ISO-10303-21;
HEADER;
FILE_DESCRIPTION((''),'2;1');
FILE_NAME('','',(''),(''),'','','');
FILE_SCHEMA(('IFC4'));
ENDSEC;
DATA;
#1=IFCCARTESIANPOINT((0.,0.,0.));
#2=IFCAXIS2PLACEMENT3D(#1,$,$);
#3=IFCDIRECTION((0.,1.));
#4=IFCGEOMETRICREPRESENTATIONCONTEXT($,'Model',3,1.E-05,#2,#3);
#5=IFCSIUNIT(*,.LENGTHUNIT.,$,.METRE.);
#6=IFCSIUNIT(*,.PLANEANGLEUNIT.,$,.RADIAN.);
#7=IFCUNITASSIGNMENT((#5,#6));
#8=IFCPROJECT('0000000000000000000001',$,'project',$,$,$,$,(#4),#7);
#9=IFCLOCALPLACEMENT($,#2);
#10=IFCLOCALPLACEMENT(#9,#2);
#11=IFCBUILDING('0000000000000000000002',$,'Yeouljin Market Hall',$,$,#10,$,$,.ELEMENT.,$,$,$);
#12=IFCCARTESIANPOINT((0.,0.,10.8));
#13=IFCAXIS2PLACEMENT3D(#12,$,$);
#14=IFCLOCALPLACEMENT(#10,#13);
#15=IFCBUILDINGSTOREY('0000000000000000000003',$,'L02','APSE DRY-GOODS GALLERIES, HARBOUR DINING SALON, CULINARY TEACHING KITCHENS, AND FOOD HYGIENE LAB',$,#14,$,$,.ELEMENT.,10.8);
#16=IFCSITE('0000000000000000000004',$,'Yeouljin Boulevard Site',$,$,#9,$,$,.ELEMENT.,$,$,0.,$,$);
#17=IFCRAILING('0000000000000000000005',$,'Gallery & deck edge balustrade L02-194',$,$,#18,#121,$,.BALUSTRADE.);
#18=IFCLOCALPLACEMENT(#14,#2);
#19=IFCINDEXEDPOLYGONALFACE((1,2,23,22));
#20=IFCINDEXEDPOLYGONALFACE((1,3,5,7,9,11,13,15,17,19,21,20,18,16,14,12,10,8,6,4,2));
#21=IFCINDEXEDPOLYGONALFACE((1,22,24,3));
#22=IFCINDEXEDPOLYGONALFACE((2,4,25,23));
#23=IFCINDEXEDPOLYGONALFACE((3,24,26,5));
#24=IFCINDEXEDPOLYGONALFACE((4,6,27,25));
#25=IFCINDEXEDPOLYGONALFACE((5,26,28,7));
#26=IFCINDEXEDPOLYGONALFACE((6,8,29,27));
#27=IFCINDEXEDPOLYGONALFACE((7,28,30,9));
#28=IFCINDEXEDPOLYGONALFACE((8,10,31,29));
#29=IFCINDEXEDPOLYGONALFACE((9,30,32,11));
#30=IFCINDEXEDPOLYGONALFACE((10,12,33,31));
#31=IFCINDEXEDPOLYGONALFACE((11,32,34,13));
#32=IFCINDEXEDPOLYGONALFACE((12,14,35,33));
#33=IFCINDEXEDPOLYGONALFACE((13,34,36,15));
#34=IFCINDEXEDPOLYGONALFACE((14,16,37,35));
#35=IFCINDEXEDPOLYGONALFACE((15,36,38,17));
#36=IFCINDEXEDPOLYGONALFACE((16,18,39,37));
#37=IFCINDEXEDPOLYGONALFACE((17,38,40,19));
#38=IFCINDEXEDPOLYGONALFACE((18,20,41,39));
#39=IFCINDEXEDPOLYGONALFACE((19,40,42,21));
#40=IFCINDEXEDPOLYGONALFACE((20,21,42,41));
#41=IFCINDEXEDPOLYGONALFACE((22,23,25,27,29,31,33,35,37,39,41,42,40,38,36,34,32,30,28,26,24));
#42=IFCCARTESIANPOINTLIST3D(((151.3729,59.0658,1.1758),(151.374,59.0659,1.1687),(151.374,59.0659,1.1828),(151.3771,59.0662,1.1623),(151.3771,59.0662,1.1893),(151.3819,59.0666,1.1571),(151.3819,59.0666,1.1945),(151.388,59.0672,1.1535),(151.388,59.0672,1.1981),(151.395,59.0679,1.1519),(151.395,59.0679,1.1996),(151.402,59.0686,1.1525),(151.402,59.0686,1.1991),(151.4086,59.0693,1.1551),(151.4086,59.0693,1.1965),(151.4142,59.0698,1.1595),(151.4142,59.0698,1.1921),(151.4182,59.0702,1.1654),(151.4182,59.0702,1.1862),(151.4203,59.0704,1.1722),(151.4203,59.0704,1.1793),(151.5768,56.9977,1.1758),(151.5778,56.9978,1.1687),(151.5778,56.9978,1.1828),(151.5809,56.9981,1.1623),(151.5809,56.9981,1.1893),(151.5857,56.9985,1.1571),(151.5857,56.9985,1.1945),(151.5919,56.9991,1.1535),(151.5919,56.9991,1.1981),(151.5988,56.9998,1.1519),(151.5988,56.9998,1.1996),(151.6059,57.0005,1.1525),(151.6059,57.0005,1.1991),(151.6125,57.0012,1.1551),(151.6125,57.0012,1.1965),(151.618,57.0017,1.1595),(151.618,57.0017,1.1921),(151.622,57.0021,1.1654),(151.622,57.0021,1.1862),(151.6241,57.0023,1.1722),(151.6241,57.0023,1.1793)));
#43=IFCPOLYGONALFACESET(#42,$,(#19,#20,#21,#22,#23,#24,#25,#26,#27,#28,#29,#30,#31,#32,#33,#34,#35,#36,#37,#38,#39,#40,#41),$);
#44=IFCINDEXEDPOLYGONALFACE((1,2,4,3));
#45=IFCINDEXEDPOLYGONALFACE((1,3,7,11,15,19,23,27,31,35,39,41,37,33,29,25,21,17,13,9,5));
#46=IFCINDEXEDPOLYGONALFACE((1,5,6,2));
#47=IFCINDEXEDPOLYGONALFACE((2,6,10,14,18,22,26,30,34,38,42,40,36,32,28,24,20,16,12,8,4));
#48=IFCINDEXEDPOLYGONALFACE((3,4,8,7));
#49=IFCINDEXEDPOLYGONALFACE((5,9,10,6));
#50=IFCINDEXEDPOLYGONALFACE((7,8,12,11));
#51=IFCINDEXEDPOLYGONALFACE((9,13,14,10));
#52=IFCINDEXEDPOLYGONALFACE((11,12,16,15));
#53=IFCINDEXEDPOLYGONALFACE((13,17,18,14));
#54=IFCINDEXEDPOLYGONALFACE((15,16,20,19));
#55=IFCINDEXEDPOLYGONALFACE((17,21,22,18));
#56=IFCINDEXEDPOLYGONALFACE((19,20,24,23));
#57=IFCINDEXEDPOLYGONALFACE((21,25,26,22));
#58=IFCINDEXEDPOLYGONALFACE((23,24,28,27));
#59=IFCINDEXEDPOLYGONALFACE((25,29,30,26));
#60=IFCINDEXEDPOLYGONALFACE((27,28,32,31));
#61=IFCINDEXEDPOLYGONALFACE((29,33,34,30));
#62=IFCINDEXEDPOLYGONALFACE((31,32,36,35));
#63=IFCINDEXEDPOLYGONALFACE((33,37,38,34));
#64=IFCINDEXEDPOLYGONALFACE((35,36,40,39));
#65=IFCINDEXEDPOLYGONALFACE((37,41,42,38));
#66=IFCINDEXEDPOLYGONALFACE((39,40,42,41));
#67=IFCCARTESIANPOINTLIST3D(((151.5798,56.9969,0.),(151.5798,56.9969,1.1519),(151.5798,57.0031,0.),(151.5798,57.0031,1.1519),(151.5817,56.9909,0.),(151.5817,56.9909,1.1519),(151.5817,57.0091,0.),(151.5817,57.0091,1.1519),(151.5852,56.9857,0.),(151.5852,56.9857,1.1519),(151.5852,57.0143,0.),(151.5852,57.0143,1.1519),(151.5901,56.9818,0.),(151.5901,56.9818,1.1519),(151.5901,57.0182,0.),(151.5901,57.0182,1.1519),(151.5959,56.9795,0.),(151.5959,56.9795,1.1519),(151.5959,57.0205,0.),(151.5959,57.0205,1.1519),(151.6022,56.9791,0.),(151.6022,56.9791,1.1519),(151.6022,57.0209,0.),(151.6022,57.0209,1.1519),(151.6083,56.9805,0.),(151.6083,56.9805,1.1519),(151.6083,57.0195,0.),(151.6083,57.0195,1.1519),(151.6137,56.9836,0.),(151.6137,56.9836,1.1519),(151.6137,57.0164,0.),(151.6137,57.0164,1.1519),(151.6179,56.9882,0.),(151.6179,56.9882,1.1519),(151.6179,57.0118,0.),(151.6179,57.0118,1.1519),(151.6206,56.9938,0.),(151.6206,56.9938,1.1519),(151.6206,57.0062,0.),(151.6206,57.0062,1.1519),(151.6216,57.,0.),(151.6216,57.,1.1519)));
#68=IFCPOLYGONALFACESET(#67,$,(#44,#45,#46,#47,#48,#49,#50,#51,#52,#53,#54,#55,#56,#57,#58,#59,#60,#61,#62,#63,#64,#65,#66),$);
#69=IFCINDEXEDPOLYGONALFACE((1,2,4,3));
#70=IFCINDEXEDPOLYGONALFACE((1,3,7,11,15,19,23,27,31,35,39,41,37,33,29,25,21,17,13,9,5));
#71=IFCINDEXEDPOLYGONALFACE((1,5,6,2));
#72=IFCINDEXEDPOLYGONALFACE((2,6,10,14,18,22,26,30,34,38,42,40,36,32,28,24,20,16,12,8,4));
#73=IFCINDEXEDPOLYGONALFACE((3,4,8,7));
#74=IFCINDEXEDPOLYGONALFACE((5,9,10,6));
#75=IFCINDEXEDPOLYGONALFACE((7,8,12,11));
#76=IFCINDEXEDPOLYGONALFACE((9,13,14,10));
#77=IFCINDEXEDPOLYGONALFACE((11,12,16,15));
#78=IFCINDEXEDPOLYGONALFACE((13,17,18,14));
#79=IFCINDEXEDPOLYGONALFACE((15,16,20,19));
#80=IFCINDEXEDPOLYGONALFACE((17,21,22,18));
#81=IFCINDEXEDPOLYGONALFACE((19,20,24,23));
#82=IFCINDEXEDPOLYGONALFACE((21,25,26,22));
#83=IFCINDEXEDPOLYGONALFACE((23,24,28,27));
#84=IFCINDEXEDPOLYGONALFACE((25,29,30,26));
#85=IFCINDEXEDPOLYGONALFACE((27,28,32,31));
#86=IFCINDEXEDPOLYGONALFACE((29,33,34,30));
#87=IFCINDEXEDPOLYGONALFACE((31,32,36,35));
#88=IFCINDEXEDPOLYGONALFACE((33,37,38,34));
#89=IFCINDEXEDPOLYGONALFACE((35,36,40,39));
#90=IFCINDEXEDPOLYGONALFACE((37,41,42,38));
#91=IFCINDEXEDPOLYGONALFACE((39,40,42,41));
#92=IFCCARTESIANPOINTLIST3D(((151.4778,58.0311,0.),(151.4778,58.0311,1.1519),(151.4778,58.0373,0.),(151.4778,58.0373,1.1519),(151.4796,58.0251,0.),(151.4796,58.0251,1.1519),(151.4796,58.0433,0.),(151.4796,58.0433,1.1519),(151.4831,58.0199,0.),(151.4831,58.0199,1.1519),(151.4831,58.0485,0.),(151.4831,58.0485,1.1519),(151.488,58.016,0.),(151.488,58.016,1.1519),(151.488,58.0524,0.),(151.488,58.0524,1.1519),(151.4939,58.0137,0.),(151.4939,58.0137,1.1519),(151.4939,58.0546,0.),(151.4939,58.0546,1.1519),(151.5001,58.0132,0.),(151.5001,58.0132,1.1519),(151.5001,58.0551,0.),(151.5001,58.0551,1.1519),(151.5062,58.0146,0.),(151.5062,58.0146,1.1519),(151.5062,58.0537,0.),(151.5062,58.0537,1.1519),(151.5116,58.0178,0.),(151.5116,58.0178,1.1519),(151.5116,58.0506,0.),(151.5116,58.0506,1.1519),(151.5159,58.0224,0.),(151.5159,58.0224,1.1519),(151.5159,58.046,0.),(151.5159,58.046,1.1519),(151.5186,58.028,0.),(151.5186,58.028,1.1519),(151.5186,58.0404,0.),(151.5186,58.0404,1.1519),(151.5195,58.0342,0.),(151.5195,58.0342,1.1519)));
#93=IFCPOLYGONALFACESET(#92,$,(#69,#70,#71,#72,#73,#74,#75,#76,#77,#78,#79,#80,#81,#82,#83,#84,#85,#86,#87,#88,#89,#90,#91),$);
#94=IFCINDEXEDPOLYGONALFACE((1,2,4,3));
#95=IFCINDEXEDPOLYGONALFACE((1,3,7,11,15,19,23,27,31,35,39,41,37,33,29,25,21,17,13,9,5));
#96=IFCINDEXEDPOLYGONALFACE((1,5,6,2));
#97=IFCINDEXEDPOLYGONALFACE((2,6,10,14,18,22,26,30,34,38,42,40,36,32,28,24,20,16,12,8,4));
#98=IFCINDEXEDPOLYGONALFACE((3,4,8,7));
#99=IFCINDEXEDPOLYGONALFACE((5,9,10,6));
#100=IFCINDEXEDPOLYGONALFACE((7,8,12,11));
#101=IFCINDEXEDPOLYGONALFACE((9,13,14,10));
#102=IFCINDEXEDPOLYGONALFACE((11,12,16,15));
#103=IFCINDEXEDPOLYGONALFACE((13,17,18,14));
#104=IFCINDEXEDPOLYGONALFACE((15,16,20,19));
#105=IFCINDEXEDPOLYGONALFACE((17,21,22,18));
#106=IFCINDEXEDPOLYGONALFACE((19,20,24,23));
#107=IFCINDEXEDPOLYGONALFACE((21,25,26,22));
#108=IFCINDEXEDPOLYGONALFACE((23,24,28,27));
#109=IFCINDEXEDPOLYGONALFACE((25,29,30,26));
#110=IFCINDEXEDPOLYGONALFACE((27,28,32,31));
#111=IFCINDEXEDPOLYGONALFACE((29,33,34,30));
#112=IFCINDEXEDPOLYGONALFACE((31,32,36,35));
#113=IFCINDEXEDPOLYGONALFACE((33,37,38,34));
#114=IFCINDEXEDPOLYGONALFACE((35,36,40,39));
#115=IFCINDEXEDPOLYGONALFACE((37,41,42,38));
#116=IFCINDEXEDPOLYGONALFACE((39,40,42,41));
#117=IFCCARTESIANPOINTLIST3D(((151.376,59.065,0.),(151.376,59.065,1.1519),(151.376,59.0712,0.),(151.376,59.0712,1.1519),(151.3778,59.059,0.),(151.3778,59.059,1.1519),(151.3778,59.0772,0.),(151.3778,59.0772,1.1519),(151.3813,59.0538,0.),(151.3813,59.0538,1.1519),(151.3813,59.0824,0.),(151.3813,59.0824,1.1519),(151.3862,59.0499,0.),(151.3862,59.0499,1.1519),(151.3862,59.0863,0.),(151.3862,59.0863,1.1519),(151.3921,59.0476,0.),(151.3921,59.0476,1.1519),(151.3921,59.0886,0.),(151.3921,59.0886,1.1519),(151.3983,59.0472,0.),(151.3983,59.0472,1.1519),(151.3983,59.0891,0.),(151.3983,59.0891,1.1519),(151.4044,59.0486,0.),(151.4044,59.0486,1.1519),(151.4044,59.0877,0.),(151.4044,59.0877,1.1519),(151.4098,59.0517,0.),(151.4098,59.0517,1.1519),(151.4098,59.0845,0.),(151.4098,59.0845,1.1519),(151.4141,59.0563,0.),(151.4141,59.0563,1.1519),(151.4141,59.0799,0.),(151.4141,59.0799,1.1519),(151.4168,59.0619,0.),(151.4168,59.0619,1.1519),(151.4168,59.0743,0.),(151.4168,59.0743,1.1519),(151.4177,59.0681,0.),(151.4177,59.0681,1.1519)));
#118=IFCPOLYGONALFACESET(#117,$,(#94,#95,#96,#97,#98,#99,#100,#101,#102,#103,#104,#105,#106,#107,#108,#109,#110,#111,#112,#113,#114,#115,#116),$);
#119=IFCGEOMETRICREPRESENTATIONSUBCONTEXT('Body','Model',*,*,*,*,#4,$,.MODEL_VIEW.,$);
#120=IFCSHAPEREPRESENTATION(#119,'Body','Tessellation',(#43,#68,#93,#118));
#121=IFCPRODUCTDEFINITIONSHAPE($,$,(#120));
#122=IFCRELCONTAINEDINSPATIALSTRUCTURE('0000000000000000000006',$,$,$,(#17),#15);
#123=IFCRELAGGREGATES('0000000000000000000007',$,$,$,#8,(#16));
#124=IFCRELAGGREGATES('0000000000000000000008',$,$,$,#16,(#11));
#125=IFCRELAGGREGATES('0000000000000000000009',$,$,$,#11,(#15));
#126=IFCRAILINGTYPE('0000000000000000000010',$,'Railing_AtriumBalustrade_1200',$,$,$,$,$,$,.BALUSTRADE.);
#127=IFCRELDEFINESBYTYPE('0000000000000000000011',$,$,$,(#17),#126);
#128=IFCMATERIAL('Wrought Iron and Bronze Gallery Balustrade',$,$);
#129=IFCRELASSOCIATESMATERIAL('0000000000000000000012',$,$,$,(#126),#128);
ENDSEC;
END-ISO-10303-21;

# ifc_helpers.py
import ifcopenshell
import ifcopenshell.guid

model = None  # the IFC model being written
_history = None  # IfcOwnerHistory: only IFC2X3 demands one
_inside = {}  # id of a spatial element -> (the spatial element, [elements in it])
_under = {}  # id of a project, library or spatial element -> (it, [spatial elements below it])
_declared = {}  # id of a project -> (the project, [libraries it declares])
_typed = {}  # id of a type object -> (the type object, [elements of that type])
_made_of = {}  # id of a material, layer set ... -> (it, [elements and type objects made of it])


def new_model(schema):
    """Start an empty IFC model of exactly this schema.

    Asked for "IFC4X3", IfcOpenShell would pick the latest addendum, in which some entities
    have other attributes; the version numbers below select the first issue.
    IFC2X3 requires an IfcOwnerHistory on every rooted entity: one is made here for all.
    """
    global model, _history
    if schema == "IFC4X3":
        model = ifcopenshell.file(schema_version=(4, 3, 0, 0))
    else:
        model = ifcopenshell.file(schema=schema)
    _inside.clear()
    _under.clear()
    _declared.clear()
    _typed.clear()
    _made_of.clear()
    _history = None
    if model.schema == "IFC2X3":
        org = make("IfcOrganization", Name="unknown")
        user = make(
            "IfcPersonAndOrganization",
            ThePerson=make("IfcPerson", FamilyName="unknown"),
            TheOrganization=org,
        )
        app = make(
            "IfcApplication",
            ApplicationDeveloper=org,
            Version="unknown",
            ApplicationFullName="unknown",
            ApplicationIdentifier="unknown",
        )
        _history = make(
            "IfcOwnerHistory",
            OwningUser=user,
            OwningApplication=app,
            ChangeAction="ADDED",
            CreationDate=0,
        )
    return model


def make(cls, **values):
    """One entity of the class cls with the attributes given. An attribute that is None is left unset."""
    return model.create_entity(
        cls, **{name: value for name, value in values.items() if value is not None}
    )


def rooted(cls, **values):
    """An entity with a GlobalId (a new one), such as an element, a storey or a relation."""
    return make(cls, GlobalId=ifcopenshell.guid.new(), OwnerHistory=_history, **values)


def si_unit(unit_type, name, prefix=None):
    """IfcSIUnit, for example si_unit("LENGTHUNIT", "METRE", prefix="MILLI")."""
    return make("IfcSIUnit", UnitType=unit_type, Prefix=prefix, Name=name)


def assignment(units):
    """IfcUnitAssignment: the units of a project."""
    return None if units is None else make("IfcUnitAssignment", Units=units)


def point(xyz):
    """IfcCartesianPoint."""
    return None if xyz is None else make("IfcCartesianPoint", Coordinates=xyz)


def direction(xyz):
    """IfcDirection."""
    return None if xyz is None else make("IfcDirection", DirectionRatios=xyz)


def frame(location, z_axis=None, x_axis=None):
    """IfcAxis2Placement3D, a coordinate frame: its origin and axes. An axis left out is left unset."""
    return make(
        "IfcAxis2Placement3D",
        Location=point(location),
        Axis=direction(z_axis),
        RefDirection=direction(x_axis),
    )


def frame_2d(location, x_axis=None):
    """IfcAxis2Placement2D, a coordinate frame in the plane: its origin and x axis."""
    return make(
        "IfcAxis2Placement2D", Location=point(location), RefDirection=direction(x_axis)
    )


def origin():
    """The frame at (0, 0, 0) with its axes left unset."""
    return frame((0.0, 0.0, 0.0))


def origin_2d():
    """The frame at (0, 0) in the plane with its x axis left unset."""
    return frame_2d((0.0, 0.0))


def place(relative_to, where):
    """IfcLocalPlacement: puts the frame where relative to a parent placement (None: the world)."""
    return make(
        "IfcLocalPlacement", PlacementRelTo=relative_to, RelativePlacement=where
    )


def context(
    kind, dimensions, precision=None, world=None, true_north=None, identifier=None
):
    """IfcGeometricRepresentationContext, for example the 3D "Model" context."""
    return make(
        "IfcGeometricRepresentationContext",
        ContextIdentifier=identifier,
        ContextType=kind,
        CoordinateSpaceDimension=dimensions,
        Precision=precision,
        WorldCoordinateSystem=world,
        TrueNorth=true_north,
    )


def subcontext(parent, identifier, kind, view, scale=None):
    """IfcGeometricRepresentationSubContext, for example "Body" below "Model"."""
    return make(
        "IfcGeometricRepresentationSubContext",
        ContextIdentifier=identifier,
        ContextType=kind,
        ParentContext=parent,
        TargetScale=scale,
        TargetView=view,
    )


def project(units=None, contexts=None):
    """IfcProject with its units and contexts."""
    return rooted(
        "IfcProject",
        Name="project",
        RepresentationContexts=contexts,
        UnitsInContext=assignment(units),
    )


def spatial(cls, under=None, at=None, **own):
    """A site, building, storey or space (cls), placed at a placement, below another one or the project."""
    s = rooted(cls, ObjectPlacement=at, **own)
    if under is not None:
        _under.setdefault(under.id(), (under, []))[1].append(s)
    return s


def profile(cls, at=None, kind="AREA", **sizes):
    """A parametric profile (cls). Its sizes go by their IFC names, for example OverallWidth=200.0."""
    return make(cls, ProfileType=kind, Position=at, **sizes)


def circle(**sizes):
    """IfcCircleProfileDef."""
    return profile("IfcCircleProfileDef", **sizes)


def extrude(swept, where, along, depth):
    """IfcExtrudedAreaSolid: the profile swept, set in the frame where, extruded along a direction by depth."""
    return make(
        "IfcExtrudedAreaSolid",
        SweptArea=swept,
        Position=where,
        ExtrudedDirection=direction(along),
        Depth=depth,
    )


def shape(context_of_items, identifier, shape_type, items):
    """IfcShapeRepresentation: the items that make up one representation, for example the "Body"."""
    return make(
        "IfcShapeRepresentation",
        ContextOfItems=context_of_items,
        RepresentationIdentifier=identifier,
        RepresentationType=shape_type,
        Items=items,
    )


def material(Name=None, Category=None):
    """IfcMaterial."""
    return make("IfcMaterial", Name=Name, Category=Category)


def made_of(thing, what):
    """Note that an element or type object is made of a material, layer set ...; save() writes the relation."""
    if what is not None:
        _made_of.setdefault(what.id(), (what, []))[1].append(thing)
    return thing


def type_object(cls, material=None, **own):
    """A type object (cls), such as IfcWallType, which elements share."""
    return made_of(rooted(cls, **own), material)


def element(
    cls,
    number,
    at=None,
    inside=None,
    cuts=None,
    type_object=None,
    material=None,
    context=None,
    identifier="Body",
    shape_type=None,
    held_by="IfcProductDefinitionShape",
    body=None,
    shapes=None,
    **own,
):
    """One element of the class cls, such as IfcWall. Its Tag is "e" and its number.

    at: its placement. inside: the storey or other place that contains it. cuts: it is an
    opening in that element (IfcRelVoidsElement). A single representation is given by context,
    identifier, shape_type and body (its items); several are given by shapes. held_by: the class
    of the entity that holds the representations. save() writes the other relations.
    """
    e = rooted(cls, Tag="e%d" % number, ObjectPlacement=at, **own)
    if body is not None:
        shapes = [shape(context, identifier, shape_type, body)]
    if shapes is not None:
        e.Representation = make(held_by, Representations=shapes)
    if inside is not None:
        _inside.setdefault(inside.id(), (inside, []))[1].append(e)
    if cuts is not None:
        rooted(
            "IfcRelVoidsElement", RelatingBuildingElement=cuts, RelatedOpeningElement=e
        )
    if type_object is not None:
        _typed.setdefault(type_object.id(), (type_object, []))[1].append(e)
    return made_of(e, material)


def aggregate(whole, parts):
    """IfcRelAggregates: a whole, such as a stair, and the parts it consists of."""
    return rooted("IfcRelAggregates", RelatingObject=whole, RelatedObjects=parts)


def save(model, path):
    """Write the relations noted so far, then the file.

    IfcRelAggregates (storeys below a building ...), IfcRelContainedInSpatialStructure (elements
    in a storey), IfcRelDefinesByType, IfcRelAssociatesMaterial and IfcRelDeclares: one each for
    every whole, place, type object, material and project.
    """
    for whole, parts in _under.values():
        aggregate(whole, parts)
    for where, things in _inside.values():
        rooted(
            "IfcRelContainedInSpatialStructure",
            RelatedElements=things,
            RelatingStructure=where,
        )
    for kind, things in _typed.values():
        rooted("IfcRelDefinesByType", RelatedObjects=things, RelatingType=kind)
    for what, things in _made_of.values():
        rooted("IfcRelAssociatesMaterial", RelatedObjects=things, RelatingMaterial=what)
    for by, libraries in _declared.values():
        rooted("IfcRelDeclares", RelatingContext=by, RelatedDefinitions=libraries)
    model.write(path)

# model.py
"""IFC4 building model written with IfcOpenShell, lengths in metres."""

from ifc_helpers import new_model, si_unit, direction, frame, origin, origin_2d, place, context, subcontext, project, spatial, circle, extrude, material, type_object, element, save


model = new_model("IFC4")

# Units and contexts
model_context = context("Model", 3, precision=1e-05, world=origin(), true_north=direction((0.0, 1.0)))
body_context = subcontext(model_context, "Body", "Model", "MODEL_VIEW")
ifc_project = project(units=[si_unit("LENGTHUNIT", "METRE"), si_unit("PLANEANGLEUNIT", "RADIAN")], contexts=[model_context])

# Site, building, storey
site_placement = place(None, origin())
site = spatial("IfcSite", under=ifc_project, at=site_placement, Name="Yeouljin Boulevard Site", CompositionType="ELEMENT", RefElevation=0.0)
building_placement = place(site_placement, origin())
building = spatial("IfcBuilding", under=site, at=building_placement, Name="Yeouljin Market Hall", CompositionType="ELEMENT")
storey_placement = place(building_placement, frame((0.0, 0.0, 10.8)))
storey = spatial("IfcBuildingStorey", under=building, at=storey_placement, Name="L02", Description="APSE DRY-GOODS GALLERIES, HARBOUR DINING SALON, CULINARY TEACHING KITCHENS, AND FOOD HYGIENE LAB", CompositionType="ELEMENT", Elevation=10.8)

# Railing
ifc_material_1 = material(Name="Wrought Iron and Bronze Gallery Balustrade")
railing_type = type_object("IfcRailingType", Name="Railing_AtriumBalustrade_1200", PredefinedType="BALUSTRADE", material=ifc_material_1)
railing_1_placement = place(storey_placement, frame((151.6006, 57.0, 0.0)))
element("IfcRailing", 1, at=railing_1_placement, inside=storey, type_object=railing_type, Name="Gallery & deck edge balustrade L02-194", PredefinedType="BALUSTRADE", context=body_context, shape_type="SweptSolid", body=[
    extrude(circle(Radius=0.0239, at=origin_2d()), frame((0.0, 0.0, 1.1758), z_axis=(-0.098096, 0.995177, 0.0), x_axis=(-0.995177, -0.098096, 0.0)), (0.0, 0.0, 1.0), 2.0781),
    extrude(circle(Radius=0.021, at=origin_2d()), origin(), (0.0, 0.0, 1.0), 1.1519),
    extrude(circle(Radius=0.021, at=origin_2d()), frame((-0.1021, 1.0342, 0.0)), (0.0, 0.0, 1.0), 1.1519),
    extrude(circle(Radius=0.021, at=origin_2d()), frame((-0.2039, 2.0681, 0.0)), (0.0, 0.0, 1.0), 1.1519),
])

save(model, "model.ifc")
